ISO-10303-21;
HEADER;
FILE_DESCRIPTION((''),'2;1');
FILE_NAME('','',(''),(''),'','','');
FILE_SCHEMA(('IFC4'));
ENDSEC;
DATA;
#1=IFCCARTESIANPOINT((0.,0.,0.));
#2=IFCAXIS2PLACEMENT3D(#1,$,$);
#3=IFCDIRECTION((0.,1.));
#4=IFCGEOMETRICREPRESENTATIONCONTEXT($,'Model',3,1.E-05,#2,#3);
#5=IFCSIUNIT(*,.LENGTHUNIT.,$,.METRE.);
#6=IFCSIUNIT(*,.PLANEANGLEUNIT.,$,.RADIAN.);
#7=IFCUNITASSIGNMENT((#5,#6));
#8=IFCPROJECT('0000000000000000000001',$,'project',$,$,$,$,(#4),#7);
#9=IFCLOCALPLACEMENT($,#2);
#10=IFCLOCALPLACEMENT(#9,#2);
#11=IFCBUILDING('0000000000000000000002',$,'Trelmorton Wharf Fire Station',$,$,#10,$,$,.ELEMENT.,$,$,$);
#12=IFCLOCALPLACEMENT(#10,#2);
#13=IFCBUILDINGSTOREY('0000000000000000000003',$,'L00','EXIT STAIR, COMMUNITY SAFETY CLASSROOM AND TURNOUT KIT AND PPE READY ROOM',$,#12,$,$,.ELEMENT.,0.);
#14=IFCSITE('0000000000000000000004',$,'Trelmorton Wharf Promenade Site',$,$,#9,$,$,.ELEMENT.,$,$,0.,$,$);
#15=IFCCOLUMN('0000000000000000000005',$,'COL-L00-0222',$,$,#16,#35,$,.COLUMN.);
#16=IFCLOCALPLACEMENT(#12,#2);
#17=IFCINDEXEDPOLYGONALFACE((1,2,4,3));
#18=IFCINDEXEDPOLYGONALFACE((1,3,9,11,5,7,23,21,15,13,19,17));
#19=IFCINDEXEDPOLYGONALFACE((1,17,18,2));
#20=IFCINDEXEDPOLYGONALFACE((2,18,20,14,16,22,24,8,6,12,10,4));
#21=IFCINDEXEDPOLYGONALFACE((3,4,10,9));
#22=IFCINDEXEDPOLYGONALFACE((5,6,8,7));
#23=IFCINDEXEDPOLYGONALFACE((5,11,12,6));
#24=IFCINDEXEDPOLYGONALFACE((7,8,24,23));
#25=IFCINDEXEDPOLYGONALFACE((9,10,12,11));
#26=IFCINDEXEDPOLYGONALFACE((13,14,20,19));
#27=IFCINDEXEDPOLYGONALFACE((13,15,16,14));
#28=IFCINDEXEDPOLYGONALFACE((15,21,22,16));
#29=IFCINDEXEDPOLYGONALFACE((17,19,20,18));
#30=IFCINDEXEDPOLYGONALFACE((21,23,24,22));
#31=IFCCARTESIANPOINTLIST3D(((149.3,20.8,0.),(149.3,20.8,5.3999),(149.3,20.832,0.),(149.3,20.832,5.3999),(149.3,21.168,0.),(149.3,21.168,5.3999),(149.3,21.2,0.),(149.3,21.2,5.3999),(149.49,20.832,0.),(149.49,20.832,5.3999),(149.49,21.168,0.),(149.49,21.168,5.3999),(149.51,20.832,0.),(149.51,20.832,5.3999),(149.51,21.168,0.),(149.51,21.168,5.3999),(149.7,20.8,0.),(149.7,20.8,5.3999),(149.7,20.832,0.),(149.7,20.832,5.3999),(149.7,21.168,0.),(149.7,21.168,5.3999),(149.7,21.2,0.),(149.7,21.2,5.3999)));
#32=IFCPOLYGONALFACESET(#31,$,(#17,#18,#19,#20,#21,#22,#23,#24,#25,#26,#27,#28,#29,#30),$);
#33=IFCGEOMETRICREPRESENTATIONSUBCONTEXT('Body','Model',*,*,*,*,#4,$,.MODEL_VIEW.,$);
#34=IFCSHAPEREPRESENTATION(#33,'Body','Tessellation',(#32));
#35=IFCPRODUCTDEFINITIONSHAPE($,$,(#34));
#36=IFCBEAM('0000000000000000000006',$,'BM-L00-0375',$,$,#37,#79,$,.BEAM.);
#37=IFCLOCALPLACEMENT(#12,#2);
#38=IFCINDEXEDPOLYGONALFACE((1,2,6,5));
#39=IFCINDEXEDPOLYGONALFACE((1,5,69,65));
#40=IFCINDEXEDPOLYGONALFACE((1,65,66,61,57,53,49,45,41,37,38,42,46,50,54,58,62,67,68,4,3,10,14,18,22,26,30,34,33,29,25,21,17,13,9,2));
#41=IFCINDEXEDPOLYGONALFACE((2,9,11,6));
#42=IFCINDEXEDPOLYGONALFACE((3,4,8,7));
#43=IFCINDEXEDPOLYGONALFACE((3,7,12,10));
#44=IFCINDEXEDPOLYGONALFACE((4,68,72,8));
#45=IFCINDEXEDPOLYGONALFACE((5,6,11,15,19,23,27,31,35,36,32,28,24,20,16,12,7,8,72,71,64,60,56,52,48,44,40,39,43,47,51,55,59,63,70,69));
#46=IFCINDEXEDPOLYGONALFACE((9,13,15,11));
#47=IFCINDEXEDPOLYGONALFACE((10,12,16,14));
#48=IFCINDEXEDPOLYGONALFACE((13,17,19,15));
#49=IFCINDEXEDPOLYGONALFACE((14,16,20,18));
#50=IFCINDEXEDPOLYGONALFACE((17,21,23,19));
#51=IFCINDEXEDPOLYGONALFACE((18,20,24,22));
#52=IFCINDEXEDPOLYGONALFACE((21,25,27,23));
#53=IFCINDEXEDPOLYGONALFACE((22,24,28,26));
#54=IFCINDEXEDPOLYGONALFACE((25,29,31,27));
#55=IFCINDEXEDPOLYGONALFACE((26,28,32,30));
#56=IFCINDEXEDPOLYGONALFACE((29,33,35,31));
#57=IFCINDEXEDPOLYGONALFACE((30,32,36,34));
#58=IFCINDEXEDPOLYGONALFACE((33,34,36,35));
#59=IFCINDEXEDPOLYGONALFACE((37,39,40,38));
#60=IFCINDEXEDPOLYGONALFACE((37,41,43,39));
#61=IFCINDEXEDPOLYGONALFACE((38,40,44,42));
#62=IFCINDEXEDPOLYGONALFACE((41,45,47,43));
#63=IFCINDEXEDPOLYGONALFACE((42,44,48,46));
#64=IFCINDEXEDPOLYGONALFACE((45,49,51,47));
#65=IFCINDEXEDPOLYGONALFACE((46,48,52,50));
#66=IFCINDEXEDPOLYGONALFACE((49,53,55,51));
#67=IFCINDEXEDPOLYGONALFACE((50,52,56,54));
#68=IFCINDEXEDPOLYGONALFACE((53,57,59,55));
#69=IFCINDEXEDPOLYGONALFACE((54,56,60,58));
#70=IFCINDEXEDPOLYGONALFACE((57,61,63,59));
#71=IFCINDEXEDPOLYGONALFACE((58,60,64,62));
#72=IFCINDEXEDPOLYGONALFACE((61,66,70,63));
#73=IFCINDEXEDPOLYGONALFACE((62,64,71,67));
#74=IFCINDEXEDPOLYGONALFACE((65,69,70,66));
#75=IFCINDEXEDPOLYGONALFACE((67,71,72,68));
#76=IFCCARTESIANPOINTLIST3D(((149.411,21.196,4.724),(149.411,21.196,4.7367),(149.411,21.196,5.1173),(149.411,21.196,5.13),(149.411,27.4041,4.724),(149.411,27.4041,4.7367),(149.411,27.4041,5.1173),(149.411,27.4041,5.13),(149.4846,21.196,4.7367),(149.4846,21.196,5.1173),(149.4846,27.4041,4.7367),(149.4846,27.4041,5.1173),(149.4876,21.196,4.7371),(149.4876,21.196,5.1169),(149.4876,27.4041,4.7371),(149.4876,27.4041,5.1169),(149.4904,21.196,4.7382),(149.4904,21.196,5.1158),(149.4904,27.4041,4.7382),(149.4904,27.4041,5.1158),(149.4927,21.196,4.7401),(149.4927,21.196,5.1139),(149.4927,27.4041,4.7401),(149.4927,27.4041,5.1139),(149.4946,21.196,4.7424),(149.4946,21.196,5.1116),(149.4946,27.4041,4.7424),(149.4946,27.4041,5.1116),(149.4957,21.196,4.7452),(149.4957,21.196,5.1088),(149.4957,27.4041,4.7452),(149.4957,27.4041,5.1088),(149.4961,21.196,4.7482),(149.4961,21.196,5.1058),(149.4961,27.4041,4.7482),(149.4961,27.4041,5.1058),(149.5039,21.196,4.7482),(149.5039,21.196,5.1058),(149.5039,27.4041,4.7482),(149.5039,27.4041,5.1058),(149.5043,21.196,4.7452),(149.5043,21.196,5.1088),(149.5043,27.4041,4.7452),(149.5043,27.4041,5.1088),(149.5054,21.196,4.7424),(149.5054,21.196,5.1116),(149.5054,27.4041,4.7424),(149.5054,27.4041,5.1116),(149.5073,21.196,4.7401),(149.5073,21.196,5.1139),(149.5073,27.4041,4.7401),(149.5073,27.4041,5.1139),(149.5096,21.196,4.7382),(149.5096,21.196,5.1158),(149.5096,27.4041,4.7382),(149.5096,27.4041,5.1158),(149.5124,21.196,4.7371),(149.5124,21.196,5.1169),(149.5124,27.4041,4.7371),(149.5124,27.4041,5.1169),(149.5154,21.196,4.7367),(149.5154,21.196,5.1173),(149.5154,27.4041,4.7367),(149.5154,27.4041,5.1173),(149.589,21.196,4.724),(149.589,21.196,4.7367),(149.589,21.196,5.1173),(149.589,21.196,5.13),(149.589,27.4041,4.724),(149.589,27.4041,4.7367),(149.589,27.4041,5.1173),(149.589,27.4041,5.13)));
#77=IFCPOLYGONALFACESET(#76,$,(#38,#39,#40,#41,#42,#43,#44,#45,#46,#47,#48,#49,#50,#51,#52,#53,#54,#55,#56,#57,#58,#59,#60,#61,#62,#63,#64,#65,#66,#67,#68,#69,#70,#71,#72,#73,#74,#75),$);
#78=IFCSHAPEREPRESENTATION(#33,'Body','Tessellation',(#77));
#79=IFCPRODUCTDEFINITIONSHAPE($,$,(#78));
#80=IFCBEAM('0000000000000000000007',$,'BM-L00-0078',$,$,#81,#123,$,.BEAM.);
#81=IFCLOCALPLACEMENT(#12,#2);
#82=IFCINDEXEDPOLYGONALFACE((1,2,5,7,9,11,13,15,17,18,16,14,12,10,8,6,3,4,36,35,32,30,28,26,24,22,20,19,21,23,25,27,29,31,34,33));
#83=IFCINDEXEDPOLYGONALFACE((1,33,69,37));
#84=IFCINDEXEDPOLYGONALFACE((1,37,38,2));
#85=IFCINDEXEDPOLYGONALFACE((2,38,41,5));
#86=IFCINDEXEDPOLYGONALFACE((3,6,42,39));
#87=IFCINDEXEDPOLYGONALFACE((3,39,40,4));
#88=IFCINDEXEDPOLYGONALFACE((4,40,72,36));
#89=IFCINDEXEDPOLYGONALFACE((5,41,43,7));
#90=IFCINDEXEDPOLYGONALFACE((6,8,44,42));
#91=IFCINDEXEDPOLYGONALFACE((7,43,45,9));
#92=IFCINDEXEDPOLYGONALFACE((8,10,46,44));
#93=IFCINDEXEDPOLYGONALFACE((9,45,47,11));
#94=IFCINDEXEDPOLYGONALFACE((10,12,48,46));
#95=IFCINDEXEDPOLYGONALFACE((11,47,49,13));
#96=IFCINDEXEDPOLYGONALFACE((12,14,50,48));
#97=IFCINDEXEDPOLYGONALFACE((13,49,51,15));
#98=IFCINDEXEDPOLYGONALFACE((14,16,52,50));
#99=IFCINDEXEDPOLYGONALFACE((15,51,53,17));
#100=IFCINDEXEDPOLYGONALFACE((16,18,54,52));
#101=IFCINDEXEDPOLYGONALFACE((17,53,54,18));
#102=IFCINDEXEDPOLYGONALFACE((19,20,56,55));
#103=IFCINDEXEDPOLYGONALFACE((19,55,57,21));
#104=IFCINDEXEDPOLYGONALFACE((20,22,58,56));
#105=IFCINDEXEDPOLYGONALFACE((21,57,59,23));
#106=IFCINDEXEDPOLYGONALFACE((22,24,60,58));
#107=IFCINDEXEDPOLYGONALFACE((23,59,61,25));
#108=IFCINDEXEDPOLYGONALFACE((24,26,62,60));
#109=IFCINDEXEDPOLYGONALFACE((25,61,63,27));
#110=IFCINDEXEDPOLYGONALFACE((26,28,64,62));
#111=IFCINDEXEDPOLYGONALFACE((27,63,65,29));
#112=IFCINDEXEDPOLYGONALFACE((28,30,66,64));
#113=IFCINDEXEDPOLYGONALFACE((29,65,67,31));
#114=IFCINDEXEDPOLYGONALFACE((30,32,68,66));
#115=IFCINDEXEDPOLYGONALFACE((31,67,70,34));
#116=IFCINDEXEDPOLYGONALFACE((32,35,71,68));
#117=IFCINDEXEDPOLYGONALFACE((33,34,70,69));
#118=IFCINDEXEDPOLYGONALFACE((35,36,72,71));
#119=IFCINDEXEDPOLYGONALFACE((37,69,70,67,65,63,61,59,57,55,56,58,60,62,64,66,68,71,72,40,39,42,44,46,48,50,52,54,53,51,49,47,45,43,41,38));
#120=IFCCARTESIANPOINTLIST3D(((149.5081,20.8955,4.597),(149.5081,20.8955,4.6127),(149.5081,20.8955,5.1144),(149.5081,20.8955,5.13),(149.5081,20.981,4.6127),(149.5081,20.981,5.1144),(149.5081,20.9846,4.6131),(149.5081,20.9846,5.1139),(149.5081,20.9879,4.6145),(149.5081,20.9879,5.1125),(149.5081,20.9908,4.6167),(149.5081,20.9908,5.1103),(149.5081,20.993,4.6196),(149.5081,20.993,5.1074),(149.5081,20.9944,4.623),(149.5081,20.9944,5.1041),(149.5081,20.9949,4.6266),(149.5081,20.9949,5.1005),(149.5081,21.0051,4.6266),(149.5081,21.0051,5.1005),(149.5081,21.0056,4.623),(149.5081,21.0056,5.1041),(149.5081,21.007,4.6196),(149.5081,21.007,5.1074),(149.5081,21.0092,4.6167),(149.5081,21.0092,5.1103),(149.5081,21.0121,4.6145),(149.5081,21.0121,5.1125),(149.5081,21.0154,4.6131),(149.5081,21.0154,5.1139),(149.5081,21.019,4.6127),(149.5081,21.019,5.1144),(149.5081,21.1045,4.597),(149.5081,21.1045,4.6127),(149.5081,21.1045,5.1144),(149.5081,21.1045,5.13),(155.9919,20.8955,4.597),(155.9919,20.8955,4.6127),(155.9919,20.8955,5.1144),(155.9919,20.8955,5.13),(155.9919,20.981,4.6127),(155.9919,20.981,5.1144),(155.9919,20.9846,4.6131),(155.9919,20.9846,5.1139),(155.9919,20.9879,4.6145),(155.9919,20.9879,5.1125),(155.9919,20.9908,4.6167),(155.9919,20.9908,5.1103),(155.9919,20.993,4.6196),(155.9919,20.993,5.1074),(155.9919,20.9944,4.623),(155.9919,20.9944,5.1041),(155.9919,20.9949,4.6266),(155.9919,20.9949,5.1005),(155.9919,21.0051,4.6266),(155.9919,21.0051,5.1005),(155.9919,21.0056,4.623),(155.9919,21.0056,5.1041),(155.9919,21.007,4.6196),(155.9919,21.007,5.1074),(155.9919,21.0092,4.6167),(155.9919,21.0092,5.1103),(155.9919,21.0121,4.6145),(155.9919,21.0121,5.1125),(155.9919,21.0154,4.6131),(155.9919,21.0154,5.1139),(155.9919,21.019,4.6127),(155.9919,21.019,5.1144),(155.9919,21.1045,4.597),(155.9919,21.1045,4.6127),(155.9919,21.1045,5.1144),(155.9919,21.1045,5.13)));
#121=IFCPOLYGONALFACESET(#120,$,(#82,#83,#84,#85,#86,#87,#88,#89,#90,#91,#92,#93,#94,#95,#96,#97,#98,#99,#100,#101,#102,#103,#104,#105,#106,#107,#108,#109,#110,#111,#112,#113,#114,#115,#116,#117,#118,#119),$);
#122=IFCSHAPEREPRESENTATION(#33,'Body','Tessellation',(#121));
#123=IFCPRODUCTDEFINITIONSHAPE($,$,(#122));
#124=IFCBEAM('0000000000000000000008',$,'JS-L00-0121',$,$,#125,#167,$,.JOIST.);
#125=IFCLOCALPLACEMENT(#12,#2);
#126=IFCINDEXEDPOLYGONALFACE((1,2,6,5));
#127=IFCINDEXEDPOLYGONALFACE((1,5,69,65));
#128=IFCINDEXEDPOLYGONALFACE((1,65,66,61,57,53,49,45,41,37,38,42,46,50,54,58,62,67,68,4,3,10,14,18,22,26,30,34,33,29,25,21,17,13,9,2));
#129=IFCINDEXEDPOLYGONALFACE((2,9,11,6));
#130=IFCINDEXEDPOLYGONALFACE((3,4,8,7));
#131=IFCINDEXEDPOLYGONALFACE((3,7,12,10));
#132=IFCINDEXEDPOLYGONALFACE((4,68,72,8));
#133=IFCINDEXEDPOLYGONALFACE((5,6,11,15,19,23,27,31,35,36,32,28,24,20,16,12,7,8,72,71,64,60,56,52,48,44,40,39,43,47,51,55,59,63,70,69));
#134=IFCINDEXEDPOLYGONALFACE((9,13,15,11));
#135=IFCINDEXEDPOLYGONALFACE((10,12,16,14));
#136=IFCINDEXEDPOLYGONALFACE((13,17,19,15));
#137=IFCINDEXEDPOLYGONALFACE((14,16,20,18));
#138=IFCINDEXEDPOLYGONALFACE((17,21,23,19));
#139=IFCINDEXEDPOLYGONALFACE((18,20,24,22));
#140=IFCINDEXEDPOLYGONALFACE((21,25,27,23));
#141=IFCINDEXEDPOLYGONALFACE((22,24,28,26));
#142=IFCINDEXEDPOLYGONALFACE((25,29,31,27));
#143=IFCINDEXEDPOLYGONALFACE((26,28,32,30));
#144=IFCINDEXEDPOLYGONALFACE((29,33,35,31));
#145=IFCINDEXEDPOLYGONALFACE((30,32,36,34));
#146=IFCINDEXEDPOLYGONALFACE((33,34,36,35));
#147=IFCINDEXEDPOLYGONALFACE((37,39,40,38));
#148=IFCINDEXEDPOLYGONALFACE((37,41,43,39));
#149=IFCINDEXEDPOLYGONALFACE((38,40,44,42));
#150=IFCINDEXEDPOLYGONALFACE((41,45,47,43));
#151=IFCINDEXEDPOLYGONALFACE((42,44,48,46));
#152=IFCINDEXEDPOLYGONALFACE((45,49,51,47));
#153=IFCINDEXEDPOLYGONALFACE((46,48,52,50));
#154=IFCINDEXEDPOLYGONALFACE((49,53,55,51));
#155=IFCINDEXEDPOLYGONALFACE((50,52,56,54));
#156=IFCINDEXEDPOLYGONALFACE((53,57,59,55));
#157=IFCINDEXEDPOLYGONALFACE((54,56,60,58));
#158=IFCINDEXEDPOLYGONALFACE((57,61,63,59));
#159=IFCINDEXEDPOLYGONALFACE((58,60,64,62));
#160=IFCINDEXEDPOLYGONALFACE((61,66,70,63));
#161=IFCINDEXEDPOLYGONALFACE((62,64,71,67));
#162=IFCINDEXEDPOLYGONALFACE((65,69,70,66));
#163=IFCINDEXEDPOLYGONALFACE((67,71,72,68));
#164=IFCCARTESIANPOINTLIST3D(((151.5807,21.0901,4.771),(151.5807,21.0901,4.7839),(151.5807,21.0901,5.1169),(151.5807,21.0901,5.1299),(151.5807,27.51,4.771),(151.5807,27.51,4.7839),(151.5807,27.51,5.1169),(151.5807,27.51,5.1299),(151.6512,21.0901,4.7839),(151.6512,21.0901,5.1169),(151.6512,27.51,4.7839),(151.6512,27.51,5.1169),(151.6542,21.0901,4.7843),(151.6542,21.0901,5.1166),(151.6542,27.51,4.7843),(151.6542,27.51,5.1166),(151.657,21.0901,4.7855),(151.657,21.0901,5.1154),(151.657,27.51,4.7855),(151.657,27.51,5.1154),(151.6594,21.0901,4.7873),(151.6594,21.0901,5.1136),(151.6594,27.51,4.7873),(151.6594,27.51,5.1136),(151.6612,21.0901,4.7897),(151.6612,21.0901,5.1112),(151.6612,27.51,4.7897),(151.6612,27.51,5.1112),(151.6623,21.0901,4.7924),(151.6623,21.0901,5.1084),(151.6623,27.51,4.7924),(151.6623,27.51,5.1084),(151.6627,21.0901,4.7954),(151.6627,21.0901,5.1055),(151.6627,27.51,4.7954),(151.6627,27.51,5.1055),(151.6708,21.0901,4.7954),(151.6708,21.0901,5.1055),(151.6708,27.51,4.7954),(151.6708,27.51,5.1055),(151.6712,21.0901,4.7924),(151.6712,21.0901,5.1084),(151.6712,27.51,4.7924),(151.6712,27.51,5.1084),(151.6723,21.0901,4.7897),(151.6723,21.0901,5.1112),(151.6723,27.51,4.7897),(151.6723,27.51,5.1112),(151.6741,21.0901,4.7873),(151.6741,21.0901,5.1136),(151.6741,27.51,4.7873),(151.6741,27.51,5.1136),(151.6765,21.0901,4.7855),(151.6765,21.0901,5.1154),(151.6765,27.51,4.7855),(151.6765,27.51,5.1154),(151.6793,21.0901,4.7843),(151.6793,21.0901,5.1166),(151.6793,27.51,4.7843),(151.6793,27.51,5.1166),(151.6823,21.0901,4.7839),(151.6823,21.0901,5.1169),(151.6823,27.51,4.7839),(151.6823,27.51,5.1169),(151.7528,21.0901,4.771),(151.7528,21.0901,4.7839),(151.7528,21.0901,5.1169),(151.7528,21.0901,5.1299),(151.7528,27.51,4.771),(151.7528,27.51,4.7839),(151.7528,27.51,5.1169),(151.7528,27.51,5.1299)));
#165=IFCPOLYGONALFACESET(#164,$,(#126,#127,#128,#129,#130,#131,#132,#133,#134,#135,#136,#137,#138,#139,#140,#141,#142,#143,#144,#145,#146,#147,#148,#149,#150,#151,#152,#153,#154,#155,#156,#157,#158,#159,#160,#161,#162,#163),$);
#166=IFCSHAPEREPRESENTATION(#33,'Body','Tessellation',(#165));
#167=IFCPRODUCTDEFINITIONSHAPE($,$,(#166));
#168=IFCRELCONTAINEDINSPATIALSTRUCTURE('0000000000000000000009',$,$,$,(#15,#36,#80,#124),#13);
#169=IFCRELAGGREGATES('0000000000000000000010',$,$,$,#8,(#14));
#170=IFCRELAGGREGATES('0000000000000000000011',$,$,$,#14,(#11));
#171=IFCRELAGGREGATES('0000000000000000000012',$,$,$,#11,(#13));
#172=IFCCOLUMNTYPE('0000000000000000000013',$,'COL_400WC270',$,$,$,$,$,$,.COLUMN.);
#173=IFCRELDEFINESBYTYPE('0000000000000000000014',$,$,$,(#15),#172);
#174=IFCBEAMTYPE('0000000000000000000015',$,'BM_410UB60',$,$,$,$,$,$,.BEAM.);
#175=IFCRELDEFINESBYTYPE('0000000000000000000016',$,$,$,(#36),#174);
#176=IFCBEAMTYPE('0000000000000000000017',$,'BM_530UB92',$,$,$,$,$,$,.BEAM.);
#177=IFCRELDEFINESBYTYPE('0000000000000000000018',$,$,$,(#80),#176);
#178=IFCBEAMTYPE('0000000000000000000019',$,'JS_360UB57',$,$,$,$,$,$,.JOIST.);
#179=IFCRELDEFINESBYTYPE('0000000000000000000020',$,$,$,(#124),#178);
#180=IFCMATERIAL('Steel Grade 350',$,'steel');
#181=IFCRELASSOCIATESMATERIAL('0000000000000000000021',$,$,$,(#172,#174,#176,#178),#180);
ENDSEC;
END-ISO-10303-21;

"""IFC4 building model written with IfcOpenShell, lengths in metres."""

from ifc_helpers import new_model, si_unit, direction, frame, origin, origin_2d, place, context, subcontext, project, spatial, i_section, extrude, material, material_profile, profile_set, type_object, element, save


model = new_model("IFC4")

# Units and contexts
model_context = context("Model", 3, precision=1e-05, world=origin(), true_north=direction((0.0, 1.0)))
body_context = subcontext(model_context, "Body", "Model", "MODEL_VIEW")
ifc_project = project(units=[si_unit("LENGTHUNIT", "METRE"), si_unit("PLANEANGLEUNIT", "RADIAN")], contexts=[model_context])

# Site, building, storey
site_placement = place(None, origin())
site = spatial("IfcSite", under=ifc_project, at=site_placement, Name="Trelmorton Wharf Promenade Site", CompositionType="ELEMENT", RefElevation=0.0)
building_placement = place(site_placement, origin())
building = spatial("IfcBuilding", under=site, at=building_placement, Name="Trelmorton Wharf Fire Station", CompositionType="ELEMENT")
storey_placement = place(building_placement, origin())
storey = spatial("IfcBuildingStorey", under=building, at=storey_placement, Name="L00", Description="EXIT STAIR, COMMUNITY SAFETY CLASSROOM AND TURNOUT KIT AND PPE READY ROOM", CompositionType="ELEMENT", Elevation=0.0)

# Column
ifc_material_1 = material(Name="Steel Grade 350", Category="steel")
ifc_material_profile_1 = material_profile(ifc_material_1, i_section(OverallWidth=0.3999, OverallDepth=0.3999, WebThickness=0.02, FlangeThickness=0.032, at=origin_2d()), Name="400WC270")
ifc_profile_set_1 = profile_set([ifc_material_profile_1], Name="Steel Grade 350")
column_type = type_object("IfcColumnType", Name="COL_400WC270", PredefinedType="COLUMN", material=ifc_profile_set_1)
column_placement = place(storey_placement, frame((149.5, 21.0, 0.0), z_axis=(0.0, 0.0, 1.0), x_axis=(1.0, 0.0, 0.0)))
element("IfcColumn", 1, at=column_placement, inside=storey, type_object=column_type, Name="COL-L00-0222", PredefinedType="COLUMN", context=body_context, shape_type="SweptSolid", body=[
    extrude(i_section(OverallWidth=0.3999, OverallDepth=0.3999, WebThickness=0.02, FlangeThickness=0.032, at=origin_2d()), origin(), (0.0, 0.0, 1.0), 5.3999),
])

# Beams
ifc_material_profile_2 = material_profile(ifc_material_1, i_section(OverallWidth=0.178, OverallDepth=0.406, WebThickness=0.0078, FlangeThickness=0.0127, FilletRadius=0.0115, at=origin_2d()), Name="410UB59.7")
ifc_profile_set_2 = profile_set([ifc_material_profile_2], Name="Steel Grade 350")
beam_type_1 = type_object("IfcBeamType", Name="BM_410UB60", PredefinedType="BEAM", material=ifc_profile_set_2)
beam_1_placement = place(storey_placement, frame((149.5, 21.196, 4.927), z_axis=(0.0, 1.0, 0.0), x_axis=(-1.0, 0.0, 0.0)))
element("IfcBeam", 2, at=beam_1_placement, inside=storey, type_object=beam_type_1, Name="BM-L00-0375", PredefinedType="BEAM", context=body_context, shape_type="SweptSolid", body=[
    extrude(i_section(OverallWidth=0.178, OverallDepth=0.406, WebThickness=0.0078, FlangeThickness=0.0127, FilletRadius=0.0115, at=origin_2d()), origin(), (0.0, 0.0, 1.0), 6.208),
])
ifc_material_profile_3 = material_profile(ifc_material_1, i_section(OverallWidth=0.209, OverallDepth=0.533, WebThickness=0.0103, FlangeThickness=0.0156, FilletRadius=0.0139, at=origin_2d()), Name="530UB92.4")
ifc_profile_set_3 = profile_set([ifc_material_profile_3], Name="Steel Grade 350")
beam_type_2 = type_object("IfcBeamType", Name="BM_530UB92", PredefinedType="BEAM", material=ifc_profile_set_3)
beam_2_placement = place(storey_placement, frame((149.5081, 21.0, 4.8635), z_axis=(1.0, 0.0, 0.0), x_axis=(0.0, 1.0, 0.0)))
element("IfcBeam", 3, at=beam_2_placement, inside=storey, type_object=beam_type_2, Name="BM-L00-0078", PredefinedType="BEAM", context=body_context, shape_type="SweptSolid", body=[
    extrude(i_section(OverallWidth=0.209, OverallDepth=0.533, WebThickness=0.0103, FlangeThickness=0.0156, FilletRadius=0.0139, at=origin_2d()), origin(), (0.0, 0.0, 1.0), 6.4839),
])
ifc_material_profile_4 = material_profile(ifc_material_1, i_section(OverallWidth=0.1721, OverallDepth=0.3589, WebThickness=0.0081, FlangeThickness=0.0129, FilletRadius=0.0115, at=origin_2d()), Name="360UB56.7")
ifc_profile_set_4 = profile_set([ifc_material_profile_4], Name="Steel Grade 350")
beam_type_3 = type_object("IfcBeamType", Name="JS_360UB57", PredefinedType="JOIST", material=ifc_profile_set_4)
for number, where, z_axis, x_axis, name in (
    (4, (151.6667, 21.0901, 4.9504), (0.0, 1.0, 0.0), (-1.0, 0.0, 0.0), "JS-L00-0121"),
):
    element("IfcBeam", number, at=place(storey_placement, frame(where, z_axis=z_axis, x_axis=x_axis)), inside=storey, type_object=beam_type_3, Name=name, PredefinedType="JOIST", context=body_context, shape_type="SweptSolid", body=[
        extrude(i_section(OverallWidth=0.1721, OverallDepth=0.3589, WebThickness=0.0081, FlangeThickness=0.0129, FilletRadius=0.0115, at=origin_2d()), origin(), (0.0, 0.0, 1.0), 6.4199),
    ])

save(model, "model.ifc")
